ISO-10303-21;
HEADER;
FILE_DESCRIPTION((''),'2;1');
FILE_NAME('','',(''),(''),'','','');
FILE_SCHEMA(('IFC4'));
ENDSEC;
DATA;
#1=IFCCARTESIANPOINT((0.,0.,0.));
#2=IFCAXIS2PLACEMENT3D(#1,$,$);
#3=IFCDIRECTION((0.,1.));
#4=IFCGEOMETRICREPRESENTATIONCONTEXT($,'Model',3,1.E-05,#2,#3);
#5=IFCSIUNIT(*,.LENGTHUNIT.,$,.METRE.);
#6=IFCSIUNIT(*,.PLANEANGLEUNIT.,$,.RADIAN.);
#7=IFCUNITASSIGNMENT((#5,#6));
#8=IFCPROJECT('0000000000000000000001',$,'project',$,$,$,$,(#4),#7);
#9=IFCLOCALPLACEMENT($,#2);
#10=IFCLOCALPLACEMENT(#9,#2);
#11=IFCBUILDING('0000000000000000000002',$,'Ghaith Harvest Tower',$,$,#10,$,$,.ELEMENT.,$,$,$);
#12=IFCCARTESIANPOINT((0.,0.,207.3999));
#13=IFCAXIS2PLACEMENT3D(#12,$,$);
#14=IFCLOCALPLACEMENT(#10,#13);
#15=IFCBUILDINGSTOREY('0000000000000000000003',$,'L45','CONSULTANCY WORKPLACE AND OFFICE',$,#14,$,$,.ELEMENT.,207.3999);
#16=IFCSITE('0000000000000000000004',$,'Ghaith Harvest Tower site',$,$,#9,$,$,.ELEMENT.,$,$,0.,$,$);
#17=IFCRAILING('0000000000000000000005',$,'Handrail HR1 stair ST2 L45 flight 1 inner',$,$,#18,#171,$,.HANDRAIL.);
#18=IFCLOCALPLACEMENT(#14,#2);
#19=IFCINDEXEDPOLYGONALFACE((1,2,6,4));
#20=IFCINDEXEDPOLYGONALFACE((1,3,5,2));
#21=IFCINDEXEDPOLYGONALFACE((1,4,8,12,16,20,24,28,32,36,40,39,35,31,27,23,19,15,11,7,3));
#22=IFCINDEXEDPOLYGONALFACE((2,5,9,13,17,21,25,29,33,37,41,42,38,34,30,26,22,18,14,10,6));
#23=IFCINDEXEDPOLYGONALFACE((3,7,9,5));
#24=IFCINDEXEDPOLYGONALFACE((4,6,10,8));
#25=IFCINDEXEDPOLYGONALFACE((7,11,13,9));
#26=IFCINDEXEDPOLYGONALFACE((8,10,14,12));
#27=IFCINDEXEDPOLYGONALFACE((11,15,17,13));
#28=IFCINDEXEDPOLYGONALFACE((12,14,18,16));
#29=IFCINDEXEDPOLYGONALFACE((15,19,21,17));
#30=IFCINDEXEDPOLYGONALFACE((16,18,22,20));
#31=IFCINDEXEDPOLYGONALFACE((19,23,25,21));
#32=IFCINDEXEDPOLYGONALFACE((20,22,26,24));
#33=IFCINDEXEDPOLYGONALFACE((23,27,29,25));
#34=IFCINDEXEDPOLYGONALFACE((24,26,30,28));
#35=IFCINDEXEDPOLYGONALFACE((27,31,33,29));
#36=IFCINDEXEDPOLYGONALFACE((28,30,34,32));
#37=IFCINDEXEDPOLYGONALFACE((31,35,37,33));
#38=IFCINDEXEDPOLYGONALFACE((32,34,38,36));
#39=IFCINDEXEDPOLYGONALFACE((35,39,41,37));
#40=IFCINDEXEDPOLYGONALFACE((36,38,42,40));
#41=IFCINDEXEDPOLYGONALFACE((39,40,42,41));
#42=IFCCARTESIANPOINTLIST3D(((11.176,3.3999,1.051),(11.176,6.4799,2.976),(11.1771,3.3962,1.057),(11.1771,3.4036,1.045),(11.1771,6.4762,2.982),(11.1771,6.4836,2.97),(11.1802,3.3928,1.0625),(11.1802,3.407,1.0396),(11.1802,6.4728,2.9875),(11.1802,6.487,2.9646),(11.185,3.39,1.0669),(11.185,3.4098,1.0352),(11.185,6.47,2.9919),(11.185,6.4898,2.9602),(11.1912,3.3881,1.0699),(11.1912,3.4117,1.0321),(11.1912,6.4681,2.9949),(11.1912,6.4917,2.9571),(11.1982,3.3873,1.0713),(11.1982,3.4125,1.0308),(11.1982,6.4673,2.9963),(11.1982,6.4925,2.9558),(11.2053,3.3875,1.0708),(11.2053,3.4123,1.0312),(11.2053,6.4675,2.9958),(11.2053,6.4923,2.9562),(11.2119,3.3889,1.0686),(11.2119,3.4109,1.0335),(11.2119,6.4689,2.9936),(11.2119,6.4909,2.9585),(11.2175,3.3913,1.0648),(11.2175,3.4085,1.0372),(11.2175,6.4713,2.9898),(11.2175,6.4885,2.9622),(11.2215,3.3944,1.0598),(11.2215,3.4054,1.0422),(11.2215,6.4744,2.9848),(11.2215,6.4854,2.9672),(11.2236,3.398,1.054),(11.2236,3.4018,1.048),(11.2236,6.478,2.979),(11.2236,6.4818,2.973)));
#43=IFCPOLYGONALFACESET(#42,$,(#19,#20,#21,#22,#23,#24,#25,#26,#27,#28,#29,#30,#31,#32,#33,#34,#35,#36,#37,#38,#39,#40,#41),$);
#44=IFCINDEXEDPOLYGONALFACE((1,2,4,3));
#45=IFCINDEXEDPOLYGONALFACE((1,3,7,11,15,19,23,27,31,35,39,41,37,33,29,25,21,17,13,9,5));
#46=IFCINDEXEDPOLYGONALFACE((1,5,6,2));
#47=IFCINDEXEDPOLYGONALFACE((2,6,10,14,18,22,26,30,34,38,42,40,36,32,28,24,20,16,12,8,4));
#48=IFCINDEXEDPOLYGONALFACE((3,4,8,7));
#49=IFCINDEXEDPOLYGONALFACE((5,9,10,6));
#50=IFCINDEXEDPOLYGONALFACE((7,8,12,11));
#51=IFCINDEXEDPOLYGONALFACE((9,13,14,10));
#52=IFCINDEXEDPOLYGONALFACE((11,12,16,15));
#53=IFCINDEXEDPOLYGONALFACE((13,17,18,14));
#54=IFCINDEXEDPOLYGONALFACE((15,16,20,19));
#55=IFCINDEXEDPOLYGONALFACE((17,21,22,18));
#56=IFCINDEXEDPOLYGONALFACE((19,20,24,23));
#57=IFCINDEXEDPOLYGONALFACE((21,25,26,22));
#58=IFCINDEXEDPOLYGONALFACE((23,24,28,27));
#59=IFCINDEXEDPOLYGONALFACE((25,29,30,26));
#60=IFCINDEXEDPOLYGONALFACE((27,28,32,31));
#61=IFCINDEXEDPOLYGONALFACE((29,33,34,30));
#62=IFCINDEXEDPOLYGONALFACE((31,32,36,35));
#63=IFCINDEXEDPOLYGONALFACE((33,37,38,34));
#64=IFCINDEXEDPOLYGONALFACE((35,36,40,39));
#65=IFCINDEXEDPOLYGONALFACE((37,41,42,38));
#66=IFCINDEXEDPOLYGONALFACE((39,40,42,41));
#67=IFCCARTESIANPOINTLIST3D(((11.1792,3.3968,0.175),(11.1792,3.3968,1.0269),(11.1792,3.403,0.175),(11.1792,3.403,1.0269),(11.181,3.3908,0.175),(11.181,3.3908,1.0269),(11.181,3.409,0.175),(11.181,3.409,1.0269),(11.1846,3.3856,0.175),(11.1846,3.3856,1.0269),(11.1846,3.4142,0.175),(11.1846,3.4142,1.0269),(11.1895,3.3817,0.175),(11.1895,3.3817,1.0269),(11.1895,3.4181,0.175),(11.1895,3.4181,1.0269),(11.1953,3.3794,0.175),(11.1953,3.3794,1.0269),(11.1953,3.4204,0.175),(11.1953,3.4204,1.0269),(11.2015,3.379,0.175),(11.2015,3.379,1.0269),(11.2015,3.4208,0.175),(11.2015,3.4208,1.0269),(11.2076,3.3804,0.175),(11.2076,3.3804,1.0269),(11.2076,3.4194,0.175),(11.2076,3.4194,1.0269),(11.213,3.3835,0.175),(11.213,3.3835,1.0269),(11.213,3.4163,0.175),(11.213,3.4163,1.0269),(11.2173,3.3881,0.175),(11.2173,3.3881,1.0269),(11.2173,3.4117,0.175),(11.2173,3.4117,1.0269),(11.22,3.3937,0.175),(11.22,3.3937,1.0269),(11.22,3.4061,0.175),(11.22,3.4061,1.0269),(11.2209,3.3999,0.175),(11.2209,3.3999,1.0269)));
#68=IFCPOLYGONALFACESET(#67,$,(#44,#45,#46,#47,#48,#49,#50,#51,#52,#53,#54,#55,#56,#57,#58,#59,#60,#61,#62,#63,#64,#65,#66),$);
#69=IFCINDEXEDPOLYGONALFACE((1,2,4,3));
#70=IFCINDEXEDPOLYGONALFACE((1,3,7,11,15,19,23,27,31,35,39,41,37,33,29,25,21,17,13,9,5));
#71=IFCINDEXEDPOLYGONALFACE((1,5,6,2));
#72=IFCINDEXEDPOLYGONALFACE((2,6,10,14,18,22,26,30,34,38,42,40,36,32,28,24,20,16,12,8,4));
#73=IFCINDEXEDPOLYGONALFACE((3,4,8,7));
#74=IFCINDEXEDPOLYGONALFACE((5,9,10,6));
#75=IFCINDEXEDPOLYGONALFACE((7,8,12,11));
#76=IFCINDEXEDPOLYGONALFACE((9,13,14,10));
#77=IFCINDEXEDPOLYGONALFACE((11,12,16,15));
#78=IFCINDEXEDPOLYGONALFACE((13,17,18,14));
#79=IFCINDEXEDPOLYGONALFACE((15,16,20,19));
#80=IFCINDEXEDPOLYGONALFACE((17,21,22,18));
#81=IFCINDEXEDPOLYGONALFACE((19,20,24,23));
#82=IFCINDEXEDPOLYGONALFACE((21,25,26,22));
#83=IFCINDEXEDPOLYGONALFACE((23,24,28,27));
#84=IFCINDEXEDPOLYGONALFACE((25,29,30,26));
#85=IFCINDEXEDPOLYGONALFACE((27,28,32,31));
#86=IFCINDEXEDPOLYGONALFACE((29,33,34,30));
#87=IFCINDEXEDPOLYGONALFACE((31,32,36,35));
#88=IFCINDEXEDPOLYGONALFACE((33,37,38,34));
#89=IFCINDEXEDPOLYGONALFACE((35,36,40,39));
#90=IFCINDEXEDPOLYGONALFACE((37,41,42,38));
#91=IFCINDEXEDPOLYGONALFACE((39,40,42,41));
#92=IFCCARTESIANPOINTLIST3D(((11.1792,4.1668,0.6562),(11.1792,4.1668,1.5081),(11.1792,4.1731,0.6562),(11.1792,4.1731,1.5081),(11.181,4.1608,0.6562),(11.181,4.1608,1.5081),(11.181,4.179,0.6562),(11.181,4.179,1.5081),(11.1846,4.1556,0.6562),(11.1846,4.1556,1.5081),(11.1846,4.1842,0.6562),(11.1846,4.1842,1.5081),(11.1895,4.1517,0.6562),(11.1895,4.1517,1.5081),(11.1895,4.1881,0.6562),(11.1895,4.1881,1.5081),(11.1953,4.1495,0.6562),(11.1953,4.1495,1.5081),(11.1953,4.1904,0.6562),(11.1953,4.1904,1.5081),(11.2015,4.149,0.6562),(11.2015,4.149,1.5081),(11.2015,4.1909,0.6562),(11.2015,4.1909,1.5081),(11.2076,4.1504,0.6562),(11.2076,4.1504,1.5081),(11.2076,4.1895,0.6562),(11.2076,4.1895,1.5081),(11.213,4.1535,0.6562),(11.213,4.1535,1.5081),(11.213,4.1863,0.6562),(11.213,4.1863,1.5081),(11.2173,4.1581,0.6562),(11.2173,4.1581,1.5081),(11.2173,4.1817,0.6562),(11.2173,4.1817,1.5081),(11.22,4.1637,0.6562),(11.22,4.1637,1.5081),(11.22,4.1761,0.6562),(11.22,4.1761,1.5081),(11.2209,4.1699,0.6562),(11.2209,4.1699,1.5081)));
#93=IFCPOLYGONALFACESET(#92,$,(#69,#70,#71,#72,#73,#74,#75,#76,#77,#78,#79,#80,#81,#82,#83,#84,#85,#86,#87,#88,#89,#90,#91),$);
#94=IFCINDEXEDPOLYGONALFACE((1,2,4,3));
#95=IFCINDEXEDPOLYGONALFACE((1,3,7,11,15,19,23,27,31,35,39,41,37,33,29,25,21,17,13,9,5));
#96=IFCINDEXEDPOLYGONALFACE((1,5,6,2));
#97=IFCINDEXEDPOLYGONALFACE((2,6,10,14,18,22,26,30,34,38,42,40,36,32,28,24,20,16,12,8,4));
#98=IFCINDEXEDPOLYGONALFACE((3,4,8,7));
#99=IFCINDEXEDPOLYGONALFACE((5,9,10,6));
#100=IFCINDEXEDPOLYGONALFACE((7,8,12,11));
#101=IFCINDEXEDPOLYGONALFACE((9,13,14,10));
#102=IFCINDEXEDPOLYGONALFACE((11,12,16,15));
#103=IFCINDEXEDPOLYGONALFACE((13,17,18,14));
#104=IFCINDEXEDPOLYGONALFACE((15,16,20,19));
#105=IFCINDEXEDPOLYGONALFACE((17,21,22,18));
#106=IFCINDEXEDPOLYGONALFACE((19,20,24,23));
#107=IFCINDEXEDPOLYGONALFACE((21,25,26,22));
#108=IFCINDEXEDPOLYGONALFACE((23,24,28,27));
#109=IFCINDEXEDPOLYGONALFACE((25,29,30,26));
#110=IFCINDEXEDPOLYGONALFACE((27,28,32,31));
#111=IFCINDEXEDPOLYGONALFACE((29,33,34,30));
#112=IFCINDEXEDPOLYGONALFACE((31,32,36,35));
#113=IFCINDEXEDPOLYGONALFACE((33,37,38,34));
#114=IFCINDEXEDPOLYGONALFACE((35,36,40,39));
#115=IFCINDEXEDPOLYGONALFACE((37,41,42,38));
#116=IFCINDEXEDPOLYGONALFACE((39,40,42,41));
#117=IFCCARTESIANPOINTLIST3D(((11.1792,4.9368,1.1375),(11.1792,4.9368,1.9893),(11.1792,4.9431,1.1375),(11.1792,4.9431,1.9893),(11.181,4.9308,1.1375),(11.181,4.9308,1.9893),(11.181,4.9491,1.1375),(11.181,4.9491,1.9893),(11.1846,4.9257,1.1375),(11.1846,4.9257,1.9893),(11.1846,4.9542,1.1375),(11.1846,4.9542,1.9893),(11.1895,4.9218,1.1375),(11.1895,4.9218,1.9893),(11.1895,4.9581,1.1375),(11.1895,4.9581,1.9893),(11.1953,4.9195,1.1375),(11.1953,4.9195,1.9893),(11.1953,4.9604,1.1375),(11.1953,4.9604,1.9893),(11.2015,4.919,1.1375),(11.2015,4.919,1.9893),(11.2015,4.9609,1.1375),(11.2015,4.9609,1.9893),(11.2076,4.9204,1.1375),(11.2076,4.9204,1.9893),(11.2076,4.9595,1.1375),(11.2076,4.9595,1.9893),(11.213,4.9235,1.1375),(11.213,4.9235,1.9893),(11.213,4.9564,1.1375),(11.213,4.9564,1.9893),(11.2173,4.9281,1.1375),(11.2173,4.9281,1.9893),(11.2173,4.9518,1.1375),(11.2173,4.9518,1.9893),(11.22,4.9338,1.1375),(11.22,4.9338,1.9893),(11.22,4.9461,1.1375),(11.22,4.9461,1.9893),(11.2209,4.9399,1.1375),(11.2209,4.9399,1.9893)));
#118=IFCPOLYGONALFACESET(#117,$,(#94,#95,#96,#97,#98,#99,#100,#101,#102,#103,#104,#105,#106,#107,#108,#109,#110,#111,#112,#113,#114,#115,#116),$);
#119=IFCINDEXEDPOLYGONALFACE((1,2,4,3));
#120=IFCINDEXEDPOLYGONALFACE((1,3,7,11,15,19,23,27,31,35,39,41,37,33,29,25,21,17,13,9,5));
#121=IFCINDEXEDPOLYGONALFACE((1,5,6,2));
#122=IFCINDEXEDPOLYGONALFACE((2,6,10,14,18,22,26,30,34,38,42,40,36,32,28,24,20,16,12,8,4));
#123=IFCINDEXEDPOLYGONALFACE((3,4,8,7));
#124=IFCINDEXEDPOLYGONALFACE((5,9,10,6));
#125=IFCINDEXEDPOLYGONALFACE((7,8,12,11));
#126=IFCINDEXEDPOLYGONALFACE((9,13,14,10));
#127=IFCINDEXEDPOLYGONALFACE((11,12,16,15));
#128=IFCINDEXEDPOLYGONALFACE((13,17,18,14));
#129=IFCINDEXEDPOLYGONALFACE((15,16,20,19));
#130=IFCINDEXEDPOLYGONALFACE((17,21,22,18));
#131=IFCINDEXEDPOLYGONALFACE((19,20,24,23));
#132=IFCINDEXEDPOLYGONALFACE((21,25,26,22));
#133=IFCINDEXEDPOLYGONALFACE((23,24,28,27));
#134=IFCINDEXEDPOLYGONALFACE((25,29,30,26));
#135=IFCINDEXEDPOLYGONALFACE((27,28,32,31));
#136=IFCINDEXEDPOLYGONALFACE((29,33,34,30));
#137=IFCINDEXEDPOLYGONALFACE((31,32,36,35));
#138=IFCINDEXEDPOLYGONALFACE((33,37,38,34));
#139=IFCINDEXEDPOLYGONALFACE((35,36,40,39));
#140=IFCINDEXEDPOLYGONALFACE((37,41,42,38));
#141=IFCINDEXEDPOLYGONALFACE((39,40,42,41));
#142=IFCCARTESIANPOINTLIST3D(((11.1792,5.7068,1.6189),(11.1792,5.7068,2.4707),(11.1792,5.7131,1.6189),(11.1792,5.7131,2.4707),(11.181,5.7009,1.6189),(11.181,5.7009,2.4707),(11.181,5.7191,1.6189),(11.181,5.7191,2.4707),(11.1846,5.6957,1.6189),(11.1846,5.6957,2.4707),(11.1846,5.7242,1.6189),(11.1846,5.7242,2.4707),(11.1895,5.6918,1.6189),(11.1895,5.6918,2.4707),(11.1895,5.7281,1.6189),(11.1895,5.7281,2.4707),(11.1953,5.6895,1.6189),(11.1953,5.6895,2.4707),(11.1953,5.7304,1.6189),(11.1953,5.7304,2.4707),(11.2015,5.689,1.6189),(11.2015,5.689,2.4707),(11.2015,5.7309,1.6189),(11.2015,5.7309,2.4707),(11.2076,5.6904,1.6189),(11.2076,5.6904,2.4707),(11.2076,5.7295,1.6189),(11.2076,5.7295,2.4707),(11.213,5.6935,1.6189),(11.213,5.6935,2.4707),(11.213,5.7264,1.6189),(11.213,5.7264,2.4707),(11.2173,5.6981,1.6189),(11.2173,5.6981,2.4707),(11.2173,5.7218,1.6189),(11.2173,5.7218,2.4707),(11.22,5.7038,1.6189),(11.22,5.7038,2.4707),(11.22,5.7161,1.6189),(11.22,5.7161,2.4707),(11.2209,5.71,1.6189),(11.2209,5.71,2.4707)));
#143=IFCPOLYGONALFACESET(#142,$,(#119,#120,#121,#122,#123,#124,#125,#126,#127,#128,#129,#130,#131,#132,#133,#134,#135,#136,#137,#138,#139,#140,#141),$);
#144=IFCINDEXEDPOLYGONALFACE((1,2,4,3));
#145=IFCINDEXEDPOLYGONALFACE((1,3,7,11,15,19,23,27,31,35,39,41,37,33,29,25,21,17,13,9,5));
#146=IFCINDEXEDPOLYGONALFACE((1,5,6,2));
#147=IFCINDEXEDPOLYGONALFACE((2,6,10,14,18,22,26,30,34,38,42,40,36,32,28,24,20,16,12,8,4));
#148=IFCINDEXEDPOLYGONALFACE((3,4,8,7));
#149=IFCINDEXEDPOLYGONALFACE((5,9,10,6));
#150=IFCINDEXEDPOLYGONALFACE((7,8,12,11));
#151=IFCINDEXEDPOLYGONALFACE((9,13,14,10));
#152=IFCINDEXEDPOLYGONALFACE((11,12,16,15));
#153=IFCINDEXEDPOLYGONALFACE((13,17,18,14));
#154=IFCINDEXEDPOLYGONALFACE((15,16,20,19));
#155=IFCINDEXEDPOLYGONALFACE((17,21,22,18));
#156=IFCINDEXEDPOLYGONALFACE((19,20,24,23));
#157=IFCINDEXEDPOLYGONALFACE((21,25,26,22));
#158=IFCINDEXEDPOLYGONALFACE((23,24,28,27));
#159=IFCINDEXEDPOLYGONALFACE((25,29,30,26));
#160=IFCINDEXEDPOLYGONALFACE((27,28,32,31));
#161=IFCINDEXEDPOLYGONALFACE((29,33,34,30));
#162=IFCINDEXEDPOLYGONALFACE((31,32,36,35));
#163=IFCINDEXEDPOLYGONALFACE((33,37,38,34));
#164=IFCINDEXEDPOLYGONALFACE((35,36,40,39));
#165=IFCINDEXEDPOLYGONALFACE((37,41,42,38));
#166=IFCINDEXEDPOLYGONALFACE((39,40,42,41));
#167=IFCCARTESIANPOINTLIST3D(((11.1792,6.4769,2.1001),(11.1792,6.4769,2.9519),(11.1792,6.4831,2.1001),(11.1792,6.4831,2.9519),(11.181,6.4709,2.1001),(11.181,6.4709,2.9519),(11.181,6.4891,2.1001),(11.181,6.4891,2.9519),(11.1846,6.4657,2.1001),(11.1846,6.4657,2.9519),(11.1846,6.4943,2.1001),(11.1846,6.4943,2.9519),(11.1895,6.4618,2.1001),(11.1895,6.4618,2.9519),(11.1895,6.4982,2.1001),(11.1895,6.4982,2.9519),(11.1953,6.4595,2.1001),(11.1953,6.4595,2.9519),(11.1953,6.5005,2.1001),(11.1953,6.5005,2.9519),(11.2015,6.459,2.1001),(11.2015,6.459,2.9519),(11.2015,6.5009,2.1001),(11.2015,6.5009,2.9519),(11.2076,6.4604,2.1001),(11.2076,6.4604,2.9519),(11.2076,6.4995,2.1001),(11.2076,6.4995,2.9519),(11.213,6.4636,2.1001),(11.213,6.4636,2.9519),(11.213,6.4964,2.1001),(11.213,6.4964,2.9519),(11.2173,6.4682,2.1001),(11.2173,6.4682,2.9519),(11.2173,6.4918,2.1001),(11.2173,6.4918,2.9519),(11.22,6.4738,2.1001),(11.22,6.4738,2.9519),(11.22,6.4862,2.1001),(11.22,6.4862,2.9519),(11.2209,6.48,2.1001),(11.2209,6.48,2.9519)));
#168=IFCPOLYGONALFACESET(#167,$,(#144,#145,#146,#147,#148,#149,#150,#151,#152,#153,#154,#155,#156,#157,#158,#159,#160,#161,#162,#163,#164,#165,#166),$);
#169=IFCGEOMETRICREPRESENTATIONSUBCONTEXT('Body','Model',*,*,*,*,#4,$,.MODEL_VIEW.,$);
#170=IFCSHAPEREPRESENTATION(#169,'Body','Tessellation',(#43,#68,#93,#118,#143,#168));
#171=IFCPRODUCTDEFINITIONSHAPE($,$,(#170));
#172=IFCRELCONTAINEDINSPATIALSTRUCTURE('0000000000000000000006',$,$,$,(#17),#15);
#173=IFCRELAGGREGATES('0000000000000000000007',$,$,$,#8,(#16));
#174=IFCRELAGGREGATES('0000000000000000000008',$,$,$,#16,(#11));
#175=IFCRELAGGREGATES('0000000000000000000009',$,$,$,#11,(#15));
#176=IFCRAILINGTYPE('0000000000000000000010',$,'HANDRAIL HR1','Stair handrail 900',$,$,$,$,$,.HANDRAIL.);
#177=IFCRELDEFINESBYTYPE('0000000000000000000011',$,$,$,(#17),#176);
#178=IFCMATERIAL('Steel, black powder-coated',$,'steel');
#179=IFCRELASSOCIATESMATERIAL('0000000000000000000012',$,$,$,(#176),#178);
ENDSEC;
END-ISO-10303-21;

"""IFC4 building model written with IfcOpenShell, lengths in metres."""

from ifc_helpers import new_model, si_unit, direction, frame, origin, origin_2d, place, context, subcontext, project, spatial, circle, extrude, material, type_object, element, save


model = new_model("IFC4")

# Units and contexts
model_context = context("Model", 3, precision=1e-05, world=origin(), true_north=direction((0.0, 1.0)))
body_context = subcontext(model_context, "Body", "Model", "MODEL_VIEW")
ifc_project = project(units=[si_unit("LENGTHUNIT", "METRE"), si_unit("PLANEANGLEUNIT", "RADIAN")], contexts=[model_context])

# Site, building, storey
site_placement = place(None, origin())
site = spatial("IfcSite", under=ifc_project, at=site_placement, Name="Ghaith Harvest Tower site", CompositionType="ELEMENT", RefElevation=0.0)
building_placement = place(site_placement, origin())
building = spatial("IfcBuilding", under=site, at=building_placement, Name="Ghaith Harvest Tower", CompositionType="ELEMENT")
storey_placement = place(building_placement, frame((0.0, 0.0, 207.3999)))
storey = spatial("IfcBuildingStorey", under=building, at=storey_placement, Name="L45", Description="CONSULTANCY WORKPLACE AND OFFICE", CompositionType="ELEMENT", Elevation=207.3999)

# Railing
ifc_material_1 = material(Name="Steel, black powder-coated", Category="steel")
railing_type = type_object("IfcRailingType", Name="HANDRAIL HR1", Description="Stair handrail 900", PredefinedType="HANDRAIL", material=ifc_material_1)
railing_1_placement = place(storey_placement, frame((11.2, 3.3999, 0.175)))
element("IfcRailing", 1, at=railing_1_placement, inside=storey, type_object=railing_type, Name="Handrail HR1 stair ST2 L45 flight 1 inner", PredefinedType="HANDRAIL", context=body_context, shape_type="SweptSolid", body=[
    extrude(circle(Radius=0.0239, at=origin_2d()), frame((0.0, 0.0, 0.876), z_axis=(0.0, 0.847998, 0.529999), x_axis=(-1.0, 0.0, 0.0)), (0.0, 0.0, 1.0), 3.6321),
    extrude(circle(Radius=0.021, at=origin_2d()), origin(), (0.0, 0.0, 1.0), 0.8518),
    extrude(circle(Radius=0.021, at=origin_2d()), frame((0.0, 0.77, 0.4812)), (0.0, 0.0, 1.0), 0.8518),
    extrude(circle(Radius=0.021, at=origin_2d()), frame((0.0, 1.54, 0.9624)), (0.0, 0.0, 1.0), 0.8518),
    extrude(circle(Radius=0.021, at=origin_2d()), frame((0.0, 2.3101, 1.4438)), (0.0, 0.0, 1.0), 0.8518),
    extrude(circle(Radius=0.021, at=origin_2d()), frame((0.0, 3.0801, 1.925)), (0.0, 0.0, 1.0), 0.8518),
])

save(model, "model.ifc")
